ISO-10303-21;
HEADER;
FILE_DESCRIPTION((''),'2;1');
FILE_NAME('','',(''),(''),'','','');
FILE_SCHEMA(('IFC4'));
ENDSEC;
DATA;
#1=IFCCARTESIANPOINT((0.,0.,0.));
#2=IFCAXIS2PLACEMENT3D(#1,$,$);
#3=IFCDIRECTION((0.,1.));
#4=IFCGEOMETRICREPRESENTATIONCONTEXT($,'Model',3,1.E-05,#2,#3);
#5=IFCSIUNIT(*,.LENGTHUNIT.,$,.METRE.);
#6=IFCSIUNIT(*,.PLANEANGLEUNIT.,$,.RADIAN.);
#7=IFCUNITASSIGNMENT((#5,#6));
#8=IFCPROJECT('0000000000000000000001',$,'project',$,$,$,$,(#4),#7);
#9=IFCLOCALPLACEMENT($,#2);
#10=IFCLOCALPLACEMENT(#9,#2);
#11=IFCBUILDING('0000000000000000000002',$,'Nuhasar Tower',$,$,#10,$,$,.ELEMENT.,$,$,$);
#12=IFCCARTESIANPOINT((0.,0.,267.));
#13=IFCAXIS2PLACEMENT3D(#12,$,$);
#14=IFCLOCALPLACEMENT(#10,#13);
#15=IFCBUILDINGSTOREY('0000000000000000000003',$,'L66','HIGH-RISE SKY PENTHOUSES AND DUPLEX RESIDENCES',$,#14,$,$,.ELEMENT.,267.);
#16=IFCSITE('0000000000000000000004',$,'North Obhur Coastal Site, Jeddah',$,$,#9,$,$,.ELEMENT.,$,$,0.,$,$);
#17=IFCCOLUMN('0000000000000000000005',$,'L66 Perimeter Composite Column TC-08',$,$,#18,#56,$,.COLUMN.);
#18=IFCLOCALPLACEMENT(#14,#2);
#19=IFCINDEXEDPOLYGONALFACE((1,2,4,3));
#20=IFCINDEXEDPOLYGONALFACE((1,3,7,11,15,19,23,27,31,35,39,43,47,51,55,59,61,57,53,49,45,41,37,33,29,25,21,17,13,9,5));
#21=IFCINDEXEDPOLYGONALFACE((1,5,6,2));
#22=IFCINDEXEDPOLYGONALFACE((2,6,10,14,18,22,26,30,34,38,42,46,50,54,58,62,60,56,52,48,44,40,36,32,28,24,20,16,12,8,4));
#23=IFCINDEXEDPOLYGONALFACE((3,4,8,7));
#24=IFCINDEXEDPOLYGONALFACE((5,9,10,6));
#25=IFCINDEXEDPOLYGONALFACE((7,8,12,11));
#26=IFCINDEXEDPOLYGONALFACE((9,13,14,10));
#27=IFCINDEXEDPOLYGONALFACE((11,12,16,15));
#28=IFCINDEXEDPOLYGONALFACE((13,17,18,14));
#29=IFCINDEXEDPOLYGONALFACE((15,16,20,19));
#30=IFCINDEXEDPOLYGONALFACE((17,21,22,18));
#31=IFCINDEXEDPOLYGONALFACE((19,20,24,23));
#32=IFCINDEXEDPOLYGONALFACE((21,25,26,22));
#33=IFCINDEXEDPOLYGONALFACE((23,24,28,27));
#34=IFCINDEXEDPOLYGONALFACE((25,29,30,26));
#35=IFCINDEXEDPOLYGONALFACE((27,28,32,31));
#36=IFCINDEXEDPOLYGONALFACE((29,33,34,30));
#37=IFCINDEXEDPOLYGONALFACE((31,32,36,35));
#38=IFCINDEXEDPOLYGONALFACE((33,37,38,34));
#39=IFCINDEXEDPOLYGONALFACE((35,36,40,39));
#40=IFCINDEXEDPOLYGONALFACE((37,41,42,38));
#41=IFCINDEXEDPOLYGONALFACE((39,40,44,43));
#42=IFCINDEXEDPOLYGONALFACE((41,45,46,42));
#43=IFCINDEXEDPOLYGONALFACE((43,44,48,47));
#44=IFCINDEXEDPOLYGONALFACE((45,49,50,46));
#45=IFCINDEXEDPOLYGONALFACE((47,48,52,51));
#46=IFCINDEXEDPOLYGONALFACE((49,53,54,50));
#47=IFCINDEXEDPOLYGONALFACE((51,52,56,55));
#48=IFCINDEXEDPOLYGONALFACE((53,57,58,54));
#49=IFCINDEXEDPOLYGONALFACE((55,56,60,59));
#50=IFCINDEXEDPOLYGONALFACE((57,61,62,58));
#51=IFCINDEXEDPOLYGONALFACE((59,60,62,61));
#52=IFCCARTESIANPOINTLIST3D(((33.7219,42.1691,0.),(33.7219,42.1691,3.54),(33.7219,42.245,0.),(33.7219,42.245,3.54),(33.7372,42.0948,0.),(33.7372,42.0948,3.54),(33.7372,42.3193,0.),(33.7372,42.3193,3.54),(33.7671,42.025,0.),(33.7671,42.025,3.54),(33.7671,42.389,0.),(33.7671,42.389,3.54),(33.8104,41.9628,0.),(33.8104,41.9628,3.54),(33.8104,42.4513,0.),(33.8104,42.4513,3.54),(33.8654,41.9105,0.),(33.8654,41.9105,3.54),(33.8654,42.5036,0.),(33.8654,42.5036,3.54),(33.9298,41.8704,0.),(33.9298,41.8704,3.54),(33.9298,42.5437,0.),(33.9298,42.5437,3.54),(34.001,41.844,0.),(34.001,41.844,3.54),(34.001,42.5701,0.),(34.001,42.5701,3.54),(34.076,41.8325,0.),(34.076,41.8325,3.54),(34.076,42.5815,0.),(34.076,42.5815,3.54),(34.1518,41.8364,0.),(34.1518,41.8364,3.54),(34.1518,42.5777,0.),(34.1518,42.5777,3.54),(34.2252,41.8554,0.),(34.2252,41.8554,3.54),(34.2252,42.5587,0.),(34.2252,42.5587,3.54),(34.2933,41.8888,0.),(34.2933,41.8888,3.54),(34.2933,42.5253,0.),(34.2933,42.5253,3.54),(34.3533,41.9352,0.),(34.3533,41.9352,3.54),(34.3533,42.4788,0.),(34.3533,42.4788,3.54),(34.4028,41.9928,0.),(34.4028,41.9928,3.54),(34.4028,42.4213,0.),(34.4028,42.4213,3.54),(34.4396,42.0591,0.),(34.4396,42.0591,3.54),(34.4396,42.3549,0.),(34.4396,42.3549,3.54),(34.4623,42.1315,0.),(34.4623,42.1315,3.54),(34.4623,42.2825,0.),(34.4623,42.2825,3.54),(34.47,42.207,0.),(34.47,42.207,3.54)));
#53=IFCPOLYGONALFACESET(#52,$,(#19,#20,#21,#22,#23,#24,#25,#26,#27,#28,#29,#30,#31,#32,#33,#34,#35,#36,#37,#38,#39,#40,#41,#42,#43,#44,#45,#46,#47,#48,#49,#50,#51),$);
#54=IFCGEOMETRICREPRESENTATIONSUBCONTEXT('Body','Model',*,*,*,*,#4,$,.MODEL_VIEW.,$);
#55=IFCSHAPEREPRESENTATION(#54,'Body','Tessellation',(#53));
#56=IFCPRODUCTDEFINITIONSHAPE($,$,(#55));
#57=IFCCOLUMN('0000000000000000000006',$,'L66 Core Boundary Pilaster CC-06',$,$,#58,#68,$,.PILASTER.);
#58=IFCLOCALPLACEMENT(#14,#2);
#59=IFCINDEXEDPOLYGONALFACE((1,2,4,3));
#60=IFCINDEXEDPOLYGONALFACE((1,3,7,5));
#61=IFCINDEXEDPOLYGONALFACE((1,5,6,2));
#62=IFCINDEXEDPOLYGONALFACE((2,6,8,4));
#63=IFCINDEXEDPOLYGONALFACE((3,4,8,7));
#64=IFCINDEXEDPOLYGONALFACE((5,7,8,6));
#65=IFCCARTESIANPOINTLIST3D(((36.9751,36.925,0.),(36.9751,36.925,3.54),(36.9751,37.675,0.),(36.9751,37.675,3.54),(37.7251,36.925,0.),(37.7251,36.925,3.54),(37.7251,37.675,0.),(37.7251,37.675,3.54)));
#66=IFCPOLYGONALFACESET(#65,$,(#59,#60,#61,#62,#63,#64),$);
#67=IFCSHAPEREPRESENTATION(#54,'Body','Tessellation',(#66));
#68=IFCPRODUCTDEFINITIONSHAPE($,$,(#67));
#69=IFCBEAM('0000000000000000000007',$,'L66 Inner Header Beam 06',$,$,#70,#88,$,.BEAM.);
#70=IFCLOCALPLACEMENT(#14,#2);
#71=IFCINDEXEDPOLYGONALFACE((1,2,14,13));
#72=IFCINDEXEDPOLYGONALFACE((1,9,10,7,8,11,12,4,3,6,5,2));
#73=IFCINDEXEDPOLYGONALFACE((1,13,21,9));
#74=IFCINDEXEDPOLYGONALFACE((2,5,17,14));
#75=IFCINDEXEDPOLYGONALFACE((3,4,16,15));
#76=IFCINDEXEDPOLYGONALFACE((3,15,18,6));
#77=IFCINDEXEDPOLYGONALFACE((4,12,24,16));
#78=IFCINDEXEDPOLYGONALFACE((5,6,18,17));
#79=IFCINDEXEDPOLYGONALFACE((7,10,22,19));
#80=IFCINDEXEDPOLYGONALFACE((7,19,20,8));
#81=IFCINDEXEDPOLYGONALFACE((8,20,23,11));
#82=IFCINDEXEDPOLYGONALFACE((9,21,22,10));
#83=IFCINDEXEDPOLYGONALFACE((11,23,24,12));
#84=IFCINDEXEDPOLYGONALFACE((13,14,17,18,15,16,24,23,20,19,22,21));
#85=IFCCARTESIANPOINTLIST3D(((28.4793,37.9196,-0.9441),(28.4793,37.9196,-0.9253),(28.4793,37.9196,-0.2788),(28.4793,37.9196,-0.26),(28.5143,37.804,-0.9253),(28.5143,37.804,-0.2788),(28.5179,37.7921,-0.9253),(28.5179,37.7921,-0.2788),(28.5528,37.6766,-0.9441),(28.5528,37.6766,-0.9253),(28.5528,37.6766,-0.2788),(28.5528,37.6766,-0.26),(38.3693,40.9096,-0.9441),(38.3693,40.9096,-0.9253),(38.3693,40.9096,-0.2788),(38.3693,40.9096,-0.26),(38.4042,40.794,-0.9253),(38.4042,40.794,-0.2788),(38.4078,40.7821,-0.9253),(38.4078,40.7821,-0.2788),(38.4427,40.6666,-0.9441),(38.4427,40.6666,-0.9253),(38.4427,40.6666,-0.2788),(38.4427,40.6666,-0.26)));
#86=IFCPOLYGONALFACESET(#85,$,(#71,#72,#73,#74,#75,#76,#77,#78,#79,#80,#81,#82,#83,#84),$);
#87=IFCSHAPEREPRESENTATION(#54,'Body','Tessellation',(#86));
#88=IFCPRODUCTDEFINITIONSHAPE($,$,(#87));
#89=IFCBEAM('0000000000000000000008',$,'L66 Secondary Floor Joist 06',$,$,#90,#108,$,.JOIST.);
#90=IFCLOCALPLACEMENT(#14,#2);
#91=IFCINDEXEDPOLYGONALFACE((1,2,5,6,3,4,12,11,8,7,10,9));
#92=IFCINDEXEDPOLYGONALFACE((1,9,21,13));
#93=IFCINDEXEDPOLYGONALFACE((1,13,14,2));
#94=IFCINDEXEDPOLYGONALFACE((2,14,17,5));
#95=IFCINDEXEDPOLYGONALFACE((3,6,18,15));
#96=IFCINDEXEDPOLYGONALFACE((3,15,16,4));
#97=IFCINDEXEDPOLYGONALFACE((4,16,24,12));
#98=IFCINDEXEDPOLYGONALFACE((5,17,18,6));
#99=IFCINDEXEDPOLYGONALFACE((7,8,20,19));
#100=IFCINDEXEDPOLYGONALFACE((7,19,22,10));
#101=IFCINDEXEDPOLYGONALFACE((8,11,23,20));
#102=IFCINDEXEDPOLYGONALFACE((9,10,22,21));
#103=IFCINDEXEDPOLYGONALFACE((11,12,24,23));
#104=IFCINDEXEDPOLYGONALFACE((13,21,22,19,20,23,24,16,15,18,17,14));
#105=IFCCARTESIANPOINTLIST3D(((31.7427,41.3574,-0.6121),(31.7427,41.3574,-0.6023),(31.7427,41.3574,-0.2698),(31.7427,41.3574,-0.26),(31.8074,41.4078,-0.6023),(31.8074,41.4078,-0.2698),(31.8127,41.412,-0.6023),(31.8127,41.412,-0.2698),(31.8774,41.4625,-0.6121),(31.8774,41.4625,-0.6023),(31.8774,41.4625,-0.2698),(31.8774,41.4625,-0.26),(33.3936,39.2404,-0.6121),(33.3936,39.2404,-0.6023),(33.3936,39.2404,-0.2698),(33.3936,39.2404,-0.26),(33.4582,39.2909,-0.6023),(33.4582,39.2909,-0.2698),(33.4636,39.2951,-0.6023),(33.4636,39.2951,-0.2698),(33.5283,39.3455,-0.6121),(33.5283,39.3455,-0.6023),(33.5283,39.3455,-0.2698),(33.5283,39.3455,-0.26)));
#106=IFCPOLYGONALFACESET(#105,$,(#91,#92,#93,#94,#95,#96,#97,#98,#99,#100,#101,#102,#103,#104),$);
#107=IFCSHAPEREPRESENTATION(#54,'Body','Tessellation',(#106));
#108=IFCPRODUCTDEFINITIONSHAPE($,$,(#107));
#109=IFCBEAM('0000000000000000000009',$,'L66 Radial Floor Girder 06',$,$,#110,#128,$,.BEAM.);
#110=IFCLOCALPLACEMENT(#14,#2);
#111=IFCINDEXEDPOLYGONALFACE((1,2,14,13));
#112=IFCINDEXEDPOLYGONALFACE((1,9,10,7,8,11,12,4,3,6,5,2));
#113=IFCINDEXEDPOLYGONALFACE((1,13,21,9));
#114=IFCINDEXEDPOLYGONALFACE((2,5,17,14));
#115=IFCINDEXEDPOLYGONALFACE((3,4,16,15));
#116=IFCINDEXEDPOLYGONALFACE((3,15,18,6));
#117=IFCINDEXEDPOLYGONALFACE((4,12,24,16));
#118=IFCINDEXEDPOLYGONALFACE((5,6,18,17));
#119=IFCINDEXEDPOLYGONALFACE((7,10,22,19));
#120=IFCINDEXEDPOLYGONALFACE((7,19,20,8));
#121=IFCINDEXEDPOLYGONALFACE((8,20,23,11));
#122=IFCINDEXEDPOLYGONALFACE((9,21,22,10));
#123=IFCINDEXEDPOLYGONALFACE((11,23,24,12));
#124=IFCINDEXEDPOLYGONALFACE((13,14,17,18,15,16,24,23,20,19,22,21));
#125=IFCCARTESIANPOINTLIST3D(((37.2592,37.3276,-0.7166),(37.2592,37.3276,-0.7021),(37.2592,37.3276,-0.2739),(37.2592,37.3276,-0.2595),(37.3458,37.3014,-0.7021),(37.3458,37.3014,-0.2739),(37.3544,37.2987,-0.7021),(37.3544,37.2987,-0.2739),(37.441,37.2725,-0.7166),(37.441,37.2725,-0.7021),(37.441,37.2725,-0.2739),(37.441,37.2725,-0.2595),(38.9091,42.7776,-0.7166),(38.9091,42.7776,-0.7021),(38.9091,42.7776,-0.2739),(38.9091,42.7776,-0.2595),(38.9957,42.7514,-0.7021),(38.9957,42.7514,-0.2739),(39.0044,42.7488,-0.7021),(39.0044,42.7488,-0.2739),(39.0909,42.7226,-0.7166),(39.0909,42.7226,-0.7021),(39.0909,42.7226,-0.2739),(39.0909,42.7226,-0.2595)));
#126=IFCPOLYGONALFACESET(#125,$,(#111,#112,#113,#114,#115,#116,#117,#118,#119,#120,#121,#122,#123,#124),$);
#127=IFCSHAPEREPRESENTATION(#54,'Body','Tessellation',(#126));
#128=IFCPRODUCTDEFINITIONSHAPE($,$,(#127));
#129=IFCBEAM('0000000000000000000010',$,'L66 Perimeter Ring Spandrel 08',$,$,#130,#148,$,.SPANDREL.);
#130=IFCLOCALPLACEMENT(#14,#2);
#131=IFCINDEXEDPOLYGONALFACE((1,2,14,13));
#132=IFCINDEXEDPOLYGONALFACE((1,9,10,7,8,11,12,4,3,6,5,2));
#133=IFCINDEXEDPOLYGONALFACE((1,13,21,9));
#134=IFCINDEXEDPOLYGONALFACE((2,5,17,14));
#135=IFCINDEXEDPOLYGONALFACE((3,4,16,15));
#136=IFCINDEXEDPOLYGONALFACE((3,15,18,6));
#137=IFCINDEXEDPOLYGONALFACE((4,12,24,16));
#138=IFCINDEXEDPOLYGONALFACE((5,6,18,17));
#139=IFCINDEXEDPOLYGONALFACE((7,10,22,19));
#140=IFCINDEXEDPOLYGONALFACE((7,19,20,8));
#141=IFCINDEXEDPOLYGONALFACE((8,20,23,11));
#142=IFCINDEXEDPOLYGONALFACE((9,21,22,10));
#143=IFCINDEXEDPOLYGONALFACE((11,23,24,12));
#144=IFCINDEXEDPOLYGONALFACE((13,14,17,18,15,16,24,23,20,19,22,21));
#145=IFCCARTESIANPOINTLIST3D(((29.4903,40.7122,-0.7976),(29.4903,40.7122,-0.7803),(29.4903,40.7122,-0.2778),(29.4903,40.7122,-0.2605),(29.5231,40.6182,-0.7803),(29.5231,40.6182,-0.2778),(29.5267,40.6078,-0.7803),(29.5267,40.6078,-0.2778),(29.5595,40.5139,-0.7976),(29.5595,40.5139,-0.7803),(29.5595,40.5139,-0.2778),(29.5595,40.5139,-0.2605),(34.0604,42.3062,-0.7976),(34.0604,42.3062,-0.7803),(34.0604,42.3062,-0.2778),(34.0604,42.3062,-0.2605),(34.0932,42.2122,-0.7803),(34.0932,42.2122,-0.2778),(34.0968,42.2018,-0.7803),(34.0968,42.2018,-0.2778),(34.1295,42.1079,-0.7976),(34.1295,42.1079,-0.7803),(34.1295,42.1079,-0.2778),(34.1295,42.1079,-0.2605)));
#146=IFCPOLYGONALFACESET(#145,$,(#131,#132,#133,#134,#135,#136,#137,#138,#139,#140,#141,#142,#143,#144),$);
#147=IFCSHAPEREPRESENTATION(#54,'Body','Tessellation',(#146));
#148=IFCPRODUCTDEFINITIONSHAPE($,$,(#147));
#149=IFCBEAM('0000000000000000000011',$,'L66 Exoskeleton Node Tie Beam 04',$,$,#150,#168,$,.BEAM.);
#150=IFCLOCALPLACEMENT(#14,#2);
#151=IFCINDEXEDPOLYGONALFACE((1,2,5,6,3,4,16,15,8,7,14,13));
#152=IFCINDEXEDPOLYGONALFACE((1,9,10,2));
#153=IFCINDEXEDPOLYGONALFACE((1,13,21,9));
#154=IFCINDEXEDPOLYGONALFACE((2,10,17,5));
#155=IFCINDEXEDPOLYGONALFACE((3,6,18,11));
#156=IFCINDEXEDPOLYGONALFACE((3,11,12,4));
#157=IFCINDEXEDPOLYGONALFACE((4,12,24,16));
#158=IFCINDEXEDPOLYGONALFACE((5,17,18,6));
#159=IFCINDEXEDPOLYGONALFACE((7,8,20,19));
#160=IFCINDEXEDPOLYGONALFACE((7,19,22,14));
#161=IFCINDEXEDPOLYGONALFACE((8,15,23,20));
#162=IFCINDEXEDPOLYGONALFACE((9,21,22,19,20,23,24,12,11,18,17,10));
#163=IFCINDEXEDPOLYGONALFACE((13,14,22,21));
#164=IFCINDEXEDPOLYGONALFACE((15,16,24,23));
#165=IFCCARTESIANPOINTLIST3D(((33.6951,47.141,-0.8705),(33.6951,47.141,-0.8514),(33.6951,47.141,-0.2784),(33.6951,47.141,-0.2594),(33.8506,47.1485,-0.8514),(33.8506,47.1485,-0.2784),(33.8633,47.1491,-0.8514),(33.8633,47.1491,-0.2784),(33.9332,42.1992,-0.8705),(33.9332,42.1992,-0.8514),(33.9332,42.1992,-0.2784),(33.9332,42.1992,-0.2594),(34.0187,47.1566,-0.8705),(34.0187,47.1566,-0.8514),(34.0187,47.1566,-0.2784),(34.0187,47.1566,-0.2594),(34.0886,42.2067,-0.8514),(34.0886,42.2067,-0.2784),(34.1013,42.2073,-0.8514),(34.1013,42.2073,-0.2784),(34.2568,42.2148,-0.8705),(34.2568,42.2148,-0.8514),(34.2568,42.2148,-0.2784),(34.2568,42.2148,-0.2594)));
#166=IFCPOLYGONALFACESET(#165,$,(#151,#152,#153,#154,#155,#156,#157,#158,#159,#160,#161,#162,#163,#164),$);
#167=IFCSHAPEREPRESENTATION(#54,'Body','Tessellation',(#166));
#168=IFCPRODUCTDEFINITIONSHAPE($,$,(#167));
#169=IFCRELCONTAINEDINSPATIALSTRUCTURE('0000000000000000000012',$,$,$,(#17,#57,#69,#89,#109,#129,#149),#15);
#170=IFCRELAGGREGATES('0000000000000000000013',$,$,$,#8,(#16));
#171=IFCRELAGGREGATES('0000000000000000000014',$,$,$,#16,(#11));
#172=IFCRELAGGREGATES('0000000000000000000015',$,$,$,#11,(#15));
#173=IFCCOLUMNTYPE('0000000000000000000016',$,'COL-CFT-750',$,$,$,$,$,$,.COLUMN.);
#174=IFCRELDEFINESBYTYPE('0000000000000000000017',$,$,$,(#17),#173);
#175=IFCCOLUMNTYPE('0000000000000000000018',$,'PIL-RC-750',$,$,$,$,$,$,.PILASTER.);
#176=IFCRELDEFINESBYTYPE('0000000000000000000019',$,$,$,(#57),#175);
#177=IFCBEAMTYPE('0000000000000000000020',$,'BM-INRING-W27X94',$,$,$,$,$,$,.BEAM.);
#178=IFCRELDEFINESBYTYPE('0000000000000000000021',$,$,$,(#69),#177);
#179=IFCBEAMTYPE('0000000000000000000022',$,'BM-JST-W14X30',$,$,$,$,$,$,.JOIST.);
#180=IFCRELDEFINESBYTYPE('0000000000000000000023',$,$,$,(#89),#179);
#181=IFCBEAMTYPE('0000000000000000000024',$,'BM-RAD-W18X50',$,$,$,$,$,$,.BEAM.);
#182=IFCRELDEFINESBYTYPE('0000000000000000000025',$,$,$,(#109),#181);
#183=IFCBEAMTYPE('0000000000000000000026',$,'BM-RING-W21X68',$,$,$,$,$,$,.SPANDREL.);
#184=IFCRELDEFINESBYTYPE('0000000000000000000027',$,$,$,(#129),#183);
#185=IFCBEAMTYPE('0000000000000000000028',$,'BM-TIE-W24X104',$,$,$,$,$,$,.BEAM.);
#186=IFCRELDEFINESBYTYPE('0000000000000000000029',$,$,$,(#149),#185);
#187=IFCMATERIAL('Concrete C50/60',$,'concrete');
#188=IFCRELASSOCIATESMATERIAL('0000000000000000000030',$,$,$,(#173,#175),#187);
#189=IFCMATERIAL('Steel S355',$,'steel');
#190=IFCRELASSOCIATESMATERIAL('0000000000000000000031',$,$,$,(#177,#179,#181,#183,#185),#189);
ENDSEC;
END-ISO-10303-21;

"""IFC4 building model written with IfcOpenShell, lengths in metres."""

from ifc_helpers import new_model, si_unit, direction, frame, origin, origin_2d, place, context, subcontext, project, spatial, rectangle, circle, i_section, extrude, material, material_profile, profile_set, type_object, element, save


model = new_model("IFC4")

# Units and contexts
model_context = context("Model", 3, precision=1e-05, world=origin(), true_north=direction((0.0, 1.0)))
body_context = subcontext(model_context, "Body", "Model", "MODEL_VIEW")
ifc_project = project(units=[si_unit("LENGTHUNIT", "METRE"), si_unit("PLANEANGLEUNIT", "RADIAN")], contexts=[model_context])

# Site, building, storey
site_placement = place(None, origin())
site = spatial("IfcSite", under=ifc_project, at=site_placement, Name="North Obhur Coastal Site, Jeddah", CompositionType="ELEMENT", RefElevation=0.0)
building_placement = place(site_placement, origin())
building = spatial("IfcBuilding", under=site, at=building_placement, Name="Nuhasar Tower", CompositionType="ELEMENT")
storey_placement = place(building_placement, frame((0.0, 0.0, 267.0)))
storey = spatial("IfcBuildingStorey", under=building, at=storey_placement, Name="L66", Description="HIGH-RISE SKY PENTHOUSES AND DUPLEX RESIDENCES", CompositionType="ELEMENT", Elevation=267.0)

# Columns
ifc_material_1 = material(Name="Concrete C50/60", Category="concrete")
ifc_material_profile_1 = material_profile(ifc_material_1, circle(Radius=0.375, at=origin_2d()), Name="CFT750")
ifc_profile_set_1 = profile_set([ifc_material_profile_1], Name="Concrete C50/60")
column_type_1 = type_object("IfcColumnType", Name="COL-CFT-750", PredefinedType="COLUMN", material=ifc_profile_set_1)
column_1_placement = place(storey_placement, frame((34.095, 42.207, 0.0), z_axis=(0.0, 0.0, 1.0), x_axis=(1.0, 0.0, 0.0)))
element("IfcColumn", 1, at=column_1_placement, inside=storey, type_object=column_type_1, Name="L66 Perimeter Composite Column TC-08", PredefinedType="COLUMN", context=body_context, shape_type="SweptSolid", body=[
    extrude(circle(Radius=0.375, at=origin_2d()), origin(), (0.0, 0.0, 1.0), 3.54),
])
ifc_material_profile_2 = material_profile(ifc_material_1, rectangle(XDim=0.75, YDim=0.75, at=origin_2d()), Name="RC750X750")
ifc_profile_set_2 = profile_set([ifc_material_profile_2], Name="Concrete C50/60")
column_type_2 = type_object("IfcColumnType", Name="PIL-RC-750", PredefinedType="PILASTER", material=ifc_profile_set_2)
column_2_placement = place(storey_placement, frame((37.3501, 37.3, 0.0), z_axis=(0.0, 0.0, 1.0), x_axis=(1.0, 0.0, 0.0)))
element("IfcColumn", 2, at=column_2_placement, inside=storey, type_object=column_type_2, Name="L66 Core Boundary Pilaster CC-06", PredefinedType="PILASTER", context=body_context, shape_type="SweptSolid", body=[
    extrude(rectangle(XDim=0.75, YDim=0.75, at=origin_2d()), origin(), (0.0, 0.0, 1.0), 3.54),
])

# Beams
ifc_material_2 = material(Name="Steel S355", Category="steel")
ifc_material_profile_3 = material_profile(ifc_material_2, i_section(OverallWidth=0.2539, OverallDepth=0.6841, WebThickness=0.0125, FlangeThickness=0.0188, at=origin_2d()), Name="W27X94")
ifc_profile_set_3 = profile_set([ifc_material_profile_3], Name="Steel S355")
beam_type_1 = type_object("IfcBeamType", Name="BM-INRING-W27X94", PredefinedType="BEAM", material=ifc_profile_set_3)
beam_1_placement = place(storey_placement, frame((38.406, 40.7881, -0.6021), z_axis=(-0.957211, -0.289392, 0.0), x_axis=(0.289392, -0.957211, 0.0)))
element("IfcBeam", 3, at=beam_1_placement, inside=storey, type_object=beam_type_1, Name="L66 Inner Header Beam 06", PredefinedType="BEAM", context=body_context, shape_type="SweptSolid", body=[
    extrude(i_section(OverallWidth=0.2539, OverallDepth=0.6841, WebThickness=0.0125, FlangeThickness=0.0188, at=origin_2d()), origin(), (0.0, 0.0, 1.0), 10.332),
])
ifc_material_profile_4 = material_profile(ifc_material_2, i_section(OverallWidth=0.1709, OverallDepth=0.3521, WebThickness=0.0068, FlangeThickness=0.0098, at=origin_2d()), Name="W14X30")
ifc_profile_set_4 = profile_set([ifc_material_profile_4], Name="Steel S355")
beam_type_2 = type_object("IfcBeamType", Name="BM-JST-W14X30", PredefinedType="JOIST", material=ifc_profile_set_4)
beam_2_placement = place(storey_placement, frame((33.4609, 39.293, -0.436), z_axis=(-0.614954, 0.788563, 0.0), x_axis=(-0.788563, -0.614954, 0.0)))
element("IfcBeam", 4, at=beam_2_placement, inside=storey, type_object=beam_type_2, Name="L66 Secondary Floor Joist 06", PredefinedType="JOIST", context=body_context, shape_type="SweptSolid", body=[
    extrude(i_section(OverallWidth=0.1709, OverallDepth=0.3521, WebThickness=0.0068, FlangeThickness=0.0098, at=origin_2d()), origin(), (0.0, 0.0, 1.0), 2.6846),
])
ifc_material_profile_5 = material_profile(ifc_material_2, i_section(OverallWidth=0.1899, OverallDepth=0.457, WebThickness=0.009, FlangeThickness=0.0144, at=origin_2d()), Name="W18X50")
ifc_profile_set_5 = profile_set([ifc_material_profile_5], Name="Steel S355")
beam_type_3 = type_object("IfcBeamType", Name="BM-RAD-W18X50", PredefinedType="BEAM", material=ifc_profile_set_5)
beam_3_placement = place(storey_placement, frame((37.3501, 37.3, -0.488), z_axis=(0.28975, 0.957102, 0.0), x_axis=(-0.957102, 0.28975, 0.0)))
element("IfcBeam", 5, at=beam_3_placement, inside=storey, type_object=beam_type_3, Name="L66 Radial Floor Girder 06", PredefinedType="BEAM", context=body_context, shape_type="SweptSolid", body=[
    extrude(i_section(OverallWidth=0.1899, OverallDepth=0.457, WebThickness=0.009, FlangeThickness=0.0144, at=origin_2d()), origin(), (0.0, 0.0, 1.0), 5.6943),
])
ifc_material_profile_6 = material_profile(ifc_material_2, i_section(OverallWidth=0.21, OverallDepth=0.5371, WebThickness=0.011, FlangeThickness=0.0173, at=origin_2d()), Name="W21X68")
ifc_profile_set_6 = profile_set([ifc_material_profile_6], Name="Steel S355")
beam_type_4 = type_object("IfcBeamType", Name="BM-RING-W21X68", PredefinedType="SPANDREL", material=ifc_profile_set_6)
beam_4_placement = place(storey_placement, frame((34.095, 42.207, -0.5291), z_axis=(-0.944214, -0.329332, 0.0), x_axis=(0.329332, -0.944214, 0.0)))
element("IfcBeam", 6, at=beam_4_placement, inside=storey, type_object=beam_type_4, Name="L66 Perimeter Ring Spandrel 08", PredefinedType="SPANDREL", context=body_context, shape_type="SweptSolid", body=[
    extrude(i_section(OverallWidth=0.21, OverallDepth=0.5371, WebThickness=0.011, FlangeThickness=0.0173, at=origin_2d()), origin(), (0.0, 0.0, 1.0), 4.8401),
])
ifc_material_profile_7 = material_profile(ifc_material_2, i_section(OverallWidth=0.324, OverallDepth=0.6111, WebThickness=0.0127, FlangeThickness=0.019, at=origin_2d()), Name="W24X104")
ifc_profile_set_7 = profile_set([ifc_material_profile_7], Name="Steel S355")
beam_type_5 = type_object("IfcBeamType", Name="BM-TIE-W24X104", PredefinedType="BEAM", material=ifc_profile_set_7)
beam_5_placement = place(storey_placement, frame((34.095, 42.207, -0.5649), z_axis=(-0.048111, 0.998842, 0.0), x_axis=(-0.998842, -0.048111, 0.0)))
element("IfcBeam", 7, at=beam_5_placement, inside=storey, type_object=beam_type_5, Name="L66 Exoskeleton Node Tie Beam 04", PredefinedType="BEAM", context=body_context, shape_type="SweptSolid", body=[
    extrude(i_section(OverallWidth=0.324, OverallDepth=0.6111, WebThickness=0.0127, FlangeThickness=0.019, at=origin_2d()), origin(), (0.0, 0.0, 1.0), 4.9475),
])

save(model, "model.ifc")
